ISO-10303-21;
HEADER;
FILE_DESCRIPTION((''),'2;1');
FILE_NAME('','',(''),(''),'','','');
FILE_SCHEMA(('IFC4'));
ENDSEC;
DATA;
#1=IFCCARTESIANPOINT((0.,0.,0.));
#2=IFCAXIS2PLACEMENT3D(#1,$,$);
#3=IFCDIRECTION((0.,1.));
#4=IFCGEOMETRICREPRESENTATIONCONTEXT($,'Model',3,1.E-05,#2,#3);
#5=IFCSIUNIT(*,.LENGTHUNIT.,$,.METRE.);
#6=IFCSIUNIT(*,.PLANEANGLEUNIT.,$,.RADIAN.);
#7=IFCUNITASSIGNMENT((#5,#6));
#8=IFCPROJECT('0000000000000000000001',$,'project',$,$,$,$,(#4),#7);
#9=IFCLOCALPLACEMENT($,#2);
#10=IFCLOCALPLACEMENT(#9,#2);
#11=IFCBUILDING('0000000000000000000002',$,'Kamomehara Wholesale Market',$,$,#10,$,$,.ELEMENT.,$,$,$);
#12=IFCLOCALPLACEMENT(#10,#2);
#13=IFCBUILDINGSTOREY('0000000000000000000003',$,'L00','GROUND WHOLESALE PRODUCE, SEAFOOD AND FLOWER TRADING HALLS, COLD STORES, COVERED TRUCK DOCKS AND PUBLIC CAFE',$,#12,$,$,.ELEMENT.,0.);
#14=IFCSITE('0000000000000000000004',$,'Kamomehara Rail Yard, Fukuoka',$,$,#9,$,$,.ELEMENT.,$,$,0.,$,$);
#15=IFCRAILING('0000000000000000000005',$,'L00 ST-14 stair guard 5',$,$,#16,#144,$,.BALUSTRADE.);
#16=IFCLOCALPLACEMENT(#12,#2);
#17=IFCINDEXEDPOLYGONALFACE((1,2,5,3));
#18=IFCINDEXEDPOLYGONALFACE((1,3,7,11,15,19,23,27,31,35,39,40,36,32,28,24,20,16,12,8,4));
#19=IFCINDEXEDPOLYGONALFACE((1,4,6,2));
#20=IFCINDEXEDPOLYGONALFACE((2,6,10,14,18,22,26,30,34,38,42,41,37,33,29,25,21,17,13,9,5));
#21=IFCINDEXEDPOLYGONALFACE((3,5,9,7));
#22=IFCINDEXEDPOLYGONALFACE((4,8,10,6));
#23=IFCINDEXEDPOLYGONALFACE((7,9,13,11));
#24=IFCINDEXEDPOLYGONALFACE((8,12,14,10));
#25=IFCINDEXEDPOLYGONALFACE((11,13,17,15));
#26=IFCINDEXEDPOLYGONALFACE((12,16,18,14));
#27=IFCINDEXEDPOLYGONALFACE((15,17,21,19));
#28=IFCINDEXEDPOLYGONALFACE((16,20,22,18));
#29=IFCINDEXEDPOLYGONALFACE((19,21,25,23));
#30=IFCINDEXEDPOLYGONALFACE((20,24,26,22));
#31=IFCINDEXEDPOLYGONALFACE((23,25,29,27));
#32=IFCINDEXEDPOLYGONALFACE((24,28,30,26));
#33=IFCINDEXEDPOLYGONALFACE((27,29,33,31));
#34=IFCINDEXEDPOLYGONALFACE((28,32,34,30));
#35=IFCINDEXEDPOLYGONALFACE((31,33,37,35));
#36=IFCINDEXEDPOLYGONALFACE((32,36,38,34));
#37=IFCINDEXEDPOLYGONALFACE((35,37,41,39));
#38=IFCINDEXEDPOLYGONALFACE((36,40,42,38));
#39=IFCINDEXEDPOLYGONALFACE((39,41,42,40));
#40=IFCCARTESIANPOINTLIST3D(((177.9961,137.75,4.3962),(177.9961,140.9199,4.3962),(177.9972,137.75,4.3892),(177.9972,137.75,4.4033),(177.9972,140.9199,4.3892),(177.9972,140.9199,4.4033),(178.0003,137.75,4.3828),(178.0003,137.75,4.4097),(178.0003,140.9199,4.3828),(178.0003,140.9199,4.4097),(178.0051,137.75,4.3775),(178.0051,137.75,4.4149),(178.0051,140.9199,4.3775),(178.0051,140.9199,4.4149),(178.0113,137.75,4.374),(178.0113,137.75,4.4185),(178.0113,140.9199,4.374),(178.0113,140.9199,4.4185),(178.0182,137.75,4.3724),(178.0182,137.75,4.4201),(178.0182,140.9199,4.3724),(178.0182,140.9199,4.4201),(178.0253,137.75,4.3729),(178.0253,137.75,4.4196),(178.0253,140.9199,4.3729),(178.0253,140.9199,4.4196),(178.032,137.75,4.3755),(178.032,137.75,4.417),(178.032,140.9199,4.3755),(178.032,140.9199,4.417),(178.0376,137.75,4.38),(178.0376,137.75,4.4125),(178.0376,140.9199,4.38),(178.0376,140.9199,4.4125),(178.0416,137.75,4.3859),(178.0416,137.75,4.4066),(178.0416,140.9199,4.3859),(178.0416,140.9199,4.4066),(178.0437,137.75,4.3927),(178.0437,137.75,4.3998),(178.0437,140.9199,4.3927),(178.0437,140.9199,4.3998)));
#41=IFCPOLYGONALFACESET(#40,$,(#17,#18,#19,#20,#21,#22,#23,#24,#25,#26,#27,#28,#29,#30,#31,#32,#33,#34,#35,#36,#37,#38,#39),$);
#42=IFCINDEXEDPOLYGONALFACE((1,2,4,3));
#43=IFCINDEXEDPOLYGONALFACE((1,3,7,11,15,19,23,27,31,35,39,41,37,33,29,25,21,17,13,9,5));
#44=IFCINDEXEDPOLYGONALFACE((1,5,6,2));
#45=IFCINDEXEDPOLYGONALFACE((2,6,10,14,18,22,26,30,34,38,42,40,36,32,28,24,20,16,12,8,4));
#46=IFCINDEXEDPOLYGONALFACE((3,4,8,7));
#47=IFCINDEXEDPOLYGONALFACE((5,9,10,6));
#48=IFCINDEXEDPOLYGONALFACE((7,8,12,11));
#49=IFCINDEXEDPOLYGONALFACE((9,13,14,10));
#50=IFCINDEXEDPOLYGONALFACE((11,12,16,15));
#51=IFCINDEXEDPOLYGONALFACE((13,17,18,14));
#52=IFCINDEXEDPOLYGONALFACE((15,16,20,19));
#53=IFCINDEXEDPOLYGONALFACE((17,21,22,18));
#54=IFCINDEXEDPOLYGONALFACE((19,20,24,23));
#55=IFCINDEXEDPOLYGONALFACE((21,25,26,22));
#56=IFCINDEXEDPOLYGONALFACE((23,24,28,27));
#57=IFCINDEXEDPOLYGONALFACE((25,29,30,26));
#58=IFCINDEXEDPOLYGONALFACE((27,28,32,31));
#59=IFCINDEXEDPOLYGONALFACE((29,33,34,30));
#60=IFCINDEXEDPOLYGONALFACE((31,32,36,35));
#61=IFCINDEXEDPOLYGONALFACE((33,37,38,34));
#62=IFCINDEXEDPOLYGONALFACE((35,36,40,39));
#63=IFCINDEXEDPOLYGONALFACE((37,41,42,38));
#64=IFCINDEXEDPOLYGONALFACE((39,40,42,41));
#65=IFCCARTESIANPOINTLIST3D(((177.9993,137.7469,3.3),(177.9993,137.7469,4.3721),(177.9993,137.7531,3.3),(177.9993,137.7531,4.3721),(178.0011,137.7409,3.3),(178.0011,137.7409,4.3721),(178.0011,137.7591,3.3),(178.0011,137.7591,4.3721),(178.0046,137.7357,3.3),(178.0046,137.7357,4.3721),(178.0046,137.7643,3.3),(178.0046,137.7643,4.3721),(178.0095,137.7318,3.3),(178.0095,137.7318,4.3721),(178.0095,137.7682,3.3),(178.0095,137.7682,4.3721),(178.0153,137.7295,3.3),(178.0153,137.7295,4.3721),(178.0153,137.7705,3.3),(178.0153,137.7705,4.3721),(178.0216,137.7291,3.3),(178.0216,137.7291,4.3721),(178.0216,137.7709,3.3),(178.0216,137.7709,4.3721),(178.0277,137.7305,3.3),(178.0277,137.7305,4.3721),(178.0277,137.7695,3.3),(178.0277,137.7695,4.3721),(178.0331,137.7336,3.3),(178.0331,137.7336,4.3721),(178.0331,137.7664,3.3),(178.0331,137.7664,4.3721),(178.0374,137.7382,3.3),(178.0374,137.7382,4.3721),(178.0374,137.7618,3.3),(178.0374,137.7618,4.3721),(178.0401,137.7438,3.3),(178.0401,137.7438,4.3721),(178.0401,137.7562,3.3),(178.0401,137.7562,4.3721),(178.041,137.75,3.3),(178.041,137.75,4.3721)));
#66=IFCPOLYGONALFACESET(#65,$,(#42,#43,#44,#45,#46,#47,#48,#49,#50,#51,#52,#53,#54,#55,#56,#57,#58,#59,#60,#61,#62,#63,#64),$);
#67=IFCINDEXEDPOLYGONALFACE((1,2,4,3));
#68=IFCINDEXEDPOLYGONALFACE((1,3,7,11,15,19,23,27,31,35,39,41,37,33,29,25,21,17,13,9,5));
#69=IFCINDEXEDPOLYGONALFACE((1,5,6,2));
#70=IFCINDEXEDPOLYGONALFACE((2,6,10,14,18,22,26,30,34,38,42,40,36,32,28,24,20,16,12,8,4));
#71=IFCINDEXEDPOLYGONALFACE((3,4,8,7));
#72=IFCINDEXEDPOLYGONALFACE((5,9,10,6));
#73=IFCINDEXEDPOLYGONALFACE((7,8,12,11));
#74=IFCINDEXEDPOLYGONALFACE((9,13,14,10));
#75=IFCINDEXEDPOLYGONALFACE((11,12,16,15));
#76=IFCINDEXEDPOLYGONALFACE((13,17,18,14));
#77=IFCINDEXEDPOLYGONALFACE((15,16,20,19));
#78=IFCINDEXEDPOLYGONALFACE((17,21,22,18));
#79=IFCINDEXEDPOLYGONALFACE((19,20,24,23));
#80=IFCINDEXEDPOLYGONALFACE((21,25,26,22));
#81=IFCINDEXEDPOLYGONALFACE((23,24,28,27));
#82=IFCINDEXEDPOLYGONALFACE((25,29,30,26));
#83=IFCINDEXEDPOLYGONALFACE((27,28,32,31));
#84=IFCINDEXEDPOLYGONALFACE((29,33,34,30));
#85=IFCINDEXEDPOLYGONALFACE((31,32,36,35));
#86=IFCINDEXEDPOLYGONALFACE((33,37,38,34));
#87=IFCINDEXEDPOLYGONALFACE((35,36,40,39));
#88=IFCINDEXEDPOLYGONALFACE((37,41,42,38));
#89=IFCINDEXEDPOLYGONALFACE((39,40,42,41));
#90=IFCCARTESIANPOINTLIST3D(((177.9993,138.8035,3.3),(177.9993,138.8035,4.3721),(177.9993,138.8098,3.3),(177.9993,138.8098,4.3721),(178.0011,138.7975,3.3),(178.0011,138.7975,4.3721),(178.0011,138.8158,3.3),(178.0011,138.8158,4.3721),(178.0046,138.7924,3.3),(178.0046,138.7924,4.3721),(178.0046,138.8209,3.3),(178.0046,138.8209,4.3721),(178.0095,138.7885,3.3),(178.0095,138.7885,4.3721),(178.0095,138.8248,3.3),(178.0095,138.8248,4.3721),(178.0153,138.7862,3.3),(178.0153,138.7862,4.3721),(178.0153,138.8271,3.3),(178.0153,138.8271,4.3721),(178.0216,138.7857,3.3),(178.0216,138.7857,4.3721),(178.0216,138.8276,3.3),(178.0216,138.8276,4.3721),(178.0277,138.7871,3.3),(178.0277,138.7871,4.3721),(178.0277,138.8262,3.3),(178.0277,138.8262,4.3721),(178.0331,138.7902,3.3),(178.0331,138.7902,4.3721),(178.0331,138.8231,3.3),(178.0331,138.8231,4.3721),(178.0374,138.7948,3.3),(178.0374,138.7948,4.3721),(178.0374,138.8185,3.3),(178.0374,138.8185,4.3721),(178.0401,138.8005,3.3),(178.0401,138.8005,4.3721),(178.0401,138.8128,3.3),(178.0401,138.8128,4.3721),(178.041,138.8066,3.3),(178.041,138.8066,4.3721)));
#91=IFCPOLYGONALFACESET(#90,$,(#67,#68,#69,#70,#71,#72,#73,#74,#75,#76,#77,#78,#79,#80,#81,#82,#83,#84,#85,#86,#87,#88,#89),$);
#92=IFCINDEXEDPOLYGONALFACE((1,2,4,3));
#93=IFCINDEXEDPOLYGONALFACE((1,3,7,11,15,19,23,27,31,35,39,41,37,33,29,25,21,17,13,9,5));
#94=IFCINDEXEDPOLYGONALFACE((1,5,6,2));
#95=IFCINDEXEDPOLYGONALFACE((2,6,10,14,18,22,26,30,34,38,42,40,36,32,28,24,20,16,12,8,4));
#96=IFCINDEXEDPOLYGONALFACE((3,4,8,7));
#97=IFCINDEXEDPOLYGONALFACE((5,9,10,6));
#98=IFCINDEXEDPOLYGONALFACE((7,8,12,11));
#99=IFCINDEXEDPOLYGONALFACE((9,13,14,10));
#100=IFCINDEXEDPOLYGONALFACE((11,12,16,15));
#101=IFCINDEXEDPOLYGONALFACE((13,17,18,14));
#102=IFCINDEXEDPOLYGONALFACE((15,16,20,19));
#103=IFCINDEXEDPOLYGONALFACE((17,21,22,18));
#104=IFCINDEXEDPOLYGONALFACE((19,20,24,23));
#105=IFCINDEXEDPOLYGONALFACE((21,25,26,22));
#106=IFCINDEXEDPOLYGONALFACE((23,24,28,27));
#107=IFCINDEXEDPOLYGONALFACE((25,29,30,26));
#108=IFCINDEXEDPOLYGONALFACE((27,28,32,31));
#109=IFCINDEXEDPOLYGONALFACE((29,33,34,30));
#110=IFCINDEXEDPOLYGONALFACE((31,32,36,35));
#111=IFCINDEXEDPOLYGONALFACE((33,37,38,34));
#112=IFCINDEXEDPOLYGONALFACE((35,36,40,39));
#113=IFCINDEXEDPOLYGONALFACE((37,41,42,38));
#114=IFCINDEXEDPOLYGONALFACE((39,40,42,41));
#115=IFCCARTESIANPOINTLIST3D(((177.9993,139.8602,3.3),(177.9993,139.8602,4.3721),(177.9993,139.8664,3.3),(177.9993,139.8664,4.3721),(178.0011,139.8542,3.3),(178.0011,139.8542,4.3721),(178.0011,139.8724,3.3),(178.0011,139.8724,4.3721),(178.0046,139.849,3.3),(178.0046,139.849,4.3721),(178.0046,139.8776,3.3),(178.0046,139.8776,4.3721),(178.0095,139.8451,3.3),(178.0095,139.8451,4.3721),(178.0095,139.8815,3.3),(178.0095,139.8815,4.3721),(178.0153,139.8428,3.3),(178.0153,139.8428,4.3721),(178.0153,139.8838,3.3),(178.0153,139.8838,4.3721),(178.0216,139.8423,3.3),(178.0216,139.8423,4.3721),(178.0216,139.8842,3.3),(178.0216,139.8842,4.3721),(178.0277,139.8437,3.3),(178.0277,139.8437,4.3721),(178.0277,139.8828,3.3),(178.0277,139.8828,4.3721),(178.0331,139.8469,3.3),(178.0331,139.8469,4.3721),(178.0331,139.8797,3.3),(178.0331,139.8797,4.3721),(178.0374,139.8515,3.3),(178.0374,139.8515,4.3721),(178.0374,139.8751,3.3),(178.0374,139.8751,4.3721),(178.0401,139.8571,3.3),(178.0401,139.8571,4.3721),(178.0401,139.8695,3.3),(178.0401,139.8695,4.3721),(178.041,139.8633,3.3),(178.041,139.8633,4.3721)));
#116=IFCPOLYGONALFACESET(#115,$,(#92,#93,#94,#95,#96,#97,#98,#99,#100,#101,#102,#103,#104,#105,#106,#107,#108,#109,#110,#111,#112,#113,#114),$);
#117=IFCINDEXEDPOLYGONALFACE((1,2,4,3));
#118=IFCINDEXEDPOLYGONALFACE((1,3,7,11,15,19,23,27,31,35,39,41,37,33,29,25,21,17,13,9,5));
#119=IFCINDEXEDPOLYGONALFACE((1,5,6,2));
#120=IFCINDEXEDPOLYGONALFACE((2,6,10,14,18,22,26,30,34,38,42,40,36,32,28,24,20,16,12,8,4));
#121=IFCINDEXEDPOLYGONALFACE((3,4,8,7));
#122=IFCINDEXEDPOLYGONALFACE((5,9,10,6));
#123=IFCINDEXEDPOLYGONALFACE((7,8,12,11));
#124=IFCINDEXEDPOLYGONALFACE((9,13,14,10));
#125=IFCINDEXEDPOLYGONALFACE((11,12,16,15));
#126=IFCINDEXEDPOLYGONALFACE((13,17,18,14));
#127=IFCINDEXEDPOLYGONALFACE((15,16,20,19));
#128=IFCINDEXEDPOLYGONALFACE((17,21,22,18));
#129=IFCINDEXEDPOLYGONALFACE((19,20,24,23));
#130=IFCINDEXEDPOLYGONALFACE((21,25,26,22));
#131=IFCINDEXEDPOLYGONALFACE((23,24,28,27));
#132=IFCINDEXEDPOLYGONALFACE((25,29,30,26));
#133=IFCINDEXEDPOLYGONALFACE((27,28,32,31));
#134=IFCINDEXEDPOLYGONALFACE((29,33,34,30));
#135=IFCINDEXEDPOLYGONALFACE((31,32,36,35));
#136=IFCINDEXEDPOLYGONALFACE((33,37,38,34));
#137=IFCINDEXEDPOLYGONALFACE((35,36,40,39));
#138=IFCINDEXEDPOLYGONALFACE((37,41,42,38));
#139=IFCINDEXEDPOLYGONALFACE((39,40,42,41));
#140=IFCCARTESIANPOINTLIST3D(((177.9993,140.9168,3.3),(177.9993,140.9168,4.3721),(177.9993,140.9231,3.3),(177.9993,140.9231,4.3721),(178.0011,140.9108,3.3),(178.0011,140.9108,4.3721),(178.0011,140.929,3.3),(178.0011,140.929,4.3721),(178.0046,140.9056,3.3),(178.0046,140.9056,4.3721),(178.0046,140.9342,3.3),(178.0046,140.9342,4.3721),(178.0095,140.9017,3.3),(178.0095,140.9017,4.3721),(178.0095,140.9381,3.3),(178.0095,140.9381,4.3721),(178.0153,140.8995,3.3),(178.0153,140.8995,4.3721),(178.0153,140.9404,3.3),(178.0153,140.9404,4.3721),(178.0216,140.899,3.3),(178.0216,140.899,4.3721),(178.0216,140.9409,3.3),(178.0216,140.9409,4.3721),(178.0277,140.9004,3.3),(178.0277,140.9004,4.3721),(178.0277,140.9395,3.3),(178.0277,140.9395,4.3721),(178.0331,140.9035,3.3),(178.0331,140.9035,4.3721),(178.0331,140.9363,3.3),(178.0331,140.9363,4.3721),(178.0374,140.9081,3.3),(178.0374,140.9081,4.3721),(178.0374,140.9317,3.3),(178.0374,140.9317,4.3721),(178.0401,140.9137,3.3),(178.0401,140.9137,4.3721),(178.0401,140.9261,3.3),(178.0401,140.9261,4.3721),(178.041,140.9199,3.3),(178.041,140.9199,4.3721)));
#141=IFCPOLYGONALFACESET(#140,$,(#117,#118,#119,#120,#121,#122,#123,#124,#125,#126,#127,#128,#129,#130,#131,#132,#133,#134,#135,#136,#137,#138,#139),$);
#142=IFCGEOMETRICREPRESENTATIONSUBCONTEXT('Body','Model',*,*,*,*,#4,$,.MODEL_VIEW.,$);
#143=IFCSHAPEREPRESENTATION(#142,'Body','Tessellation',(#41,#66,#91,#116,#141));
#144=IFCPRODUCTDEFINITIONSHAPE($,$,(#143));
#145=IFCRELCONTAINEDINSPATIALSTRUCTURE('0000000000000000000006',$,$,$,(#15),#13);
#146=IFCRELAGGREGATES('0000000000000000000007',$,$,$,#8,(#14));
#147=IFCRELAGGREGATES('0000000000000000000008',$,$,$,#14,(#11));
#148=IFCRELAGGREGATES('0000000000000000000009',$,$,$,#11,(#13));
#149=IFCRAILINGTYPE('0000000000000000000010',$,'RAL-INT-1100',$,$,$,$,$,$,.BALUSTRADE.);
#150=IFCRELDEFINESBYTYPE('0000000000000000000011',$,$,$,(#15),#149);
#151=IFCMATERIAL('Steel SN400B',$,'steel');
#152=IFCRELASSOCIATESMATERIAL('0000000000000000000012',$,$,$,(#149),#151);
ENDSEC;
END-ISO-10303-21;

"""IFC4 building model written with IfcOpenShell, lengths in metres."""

from ifc_helpers import new_model, si_unit, direction, frame, origin, origin_2d, place, context, subcontext, project, spatial, circle, extrude, material, type_object, element, save


model = new_model("IFC4")

# Units and contexts
model_context = context("Model", 3, precision=1e-05, world=origin(), true_north=direction((0.0, 1.0)))
body_context = subcontext(model_context, "Body", "Model", "MODEL_VIEW")
ifc_project = project(units=[si_unit("LENGTHUNIT", "METRE"), si_unit("PLANEANGLEUNIT", "RADIAN")], contexts=[model_context])

# Site, building, storey
site_placement = place(None, origin())
site = spatial("IfcSite", under=ifc_project, at=site_placement, Name="Kamomehara Rail Yard, Fukuoka", CompositionType="ELEMENT", RefElevation=0.0)
building_placement = place(site_placement, origin())
building = spatial("IfcBuilding", under=site, at=building_placement, Name="Kamomehara Wholesale Market", CompositionType="ELEMENT")
storey_placement = place(building_placement, origin())
storey = spatial("IfcBuildingStorey", under=building, at=storey_placement, Name="L00", Description="GROUND WHOLESALE PRODUCE, SEAFOOD AND FLOWER TRADING HALLS, COLD STORES, COVERED TRUCK DOCKS AND PUBLIC CAFE", CompositionType="ELEMENT", Elevation=0.0)

# Railing
ifc_material_1 = material(Name="Steel SN400B", Category="steel")
railing_type_1 = type_object("IfcRailingType", Name="RAL-INT-1100", PredefinedType="BALUSTRADE", material=ifc_material_1)
railing_1_placement = place(storey_placement, frame((178.02, 137.75, 3.3)))
element("IfcRailing", 1, at=railing_1_placement, inside=storey, type_object=railing_type_1, Name="L00 ST-14 stair guard 5", PredefinedType="BALUSTRADE", context=body_context, shape_type="SweptSolid", body=[
    extrude(circle(Radius=0.0239, at=origin_2d()), frame((0.0, 0.0, 1.0962), z_axis=(0.0, 1.0, 0.0), x_axis=(-1.0, 0.0, 0.0)), (0.0, 0.0, 1.0), 3.1699),
    extrude(circle(Radius=0.021, at=origin_2d()), origin(), (0.0, 0.0, 1.0), 1.072),
    extrude(circle(Radius=0.021, at=origin_2d()), frame((0.0, 1.0566, 0.0)), (0.0, 0.0, 1.0), 1.072),
    extrude(circle(Radius=0.021, at=origin_2d()), frame((0.0, 2.1133, 0.0)), (0.0, 0.0, 1.0), 1.072),
    extrude(circle(Radius=0.021, at=origin_2d()), frame((0.0, 3.1699, 0.0)), (0.0, 0.0, 1.0), 1.072),
])

save(model, "model.ifc")
